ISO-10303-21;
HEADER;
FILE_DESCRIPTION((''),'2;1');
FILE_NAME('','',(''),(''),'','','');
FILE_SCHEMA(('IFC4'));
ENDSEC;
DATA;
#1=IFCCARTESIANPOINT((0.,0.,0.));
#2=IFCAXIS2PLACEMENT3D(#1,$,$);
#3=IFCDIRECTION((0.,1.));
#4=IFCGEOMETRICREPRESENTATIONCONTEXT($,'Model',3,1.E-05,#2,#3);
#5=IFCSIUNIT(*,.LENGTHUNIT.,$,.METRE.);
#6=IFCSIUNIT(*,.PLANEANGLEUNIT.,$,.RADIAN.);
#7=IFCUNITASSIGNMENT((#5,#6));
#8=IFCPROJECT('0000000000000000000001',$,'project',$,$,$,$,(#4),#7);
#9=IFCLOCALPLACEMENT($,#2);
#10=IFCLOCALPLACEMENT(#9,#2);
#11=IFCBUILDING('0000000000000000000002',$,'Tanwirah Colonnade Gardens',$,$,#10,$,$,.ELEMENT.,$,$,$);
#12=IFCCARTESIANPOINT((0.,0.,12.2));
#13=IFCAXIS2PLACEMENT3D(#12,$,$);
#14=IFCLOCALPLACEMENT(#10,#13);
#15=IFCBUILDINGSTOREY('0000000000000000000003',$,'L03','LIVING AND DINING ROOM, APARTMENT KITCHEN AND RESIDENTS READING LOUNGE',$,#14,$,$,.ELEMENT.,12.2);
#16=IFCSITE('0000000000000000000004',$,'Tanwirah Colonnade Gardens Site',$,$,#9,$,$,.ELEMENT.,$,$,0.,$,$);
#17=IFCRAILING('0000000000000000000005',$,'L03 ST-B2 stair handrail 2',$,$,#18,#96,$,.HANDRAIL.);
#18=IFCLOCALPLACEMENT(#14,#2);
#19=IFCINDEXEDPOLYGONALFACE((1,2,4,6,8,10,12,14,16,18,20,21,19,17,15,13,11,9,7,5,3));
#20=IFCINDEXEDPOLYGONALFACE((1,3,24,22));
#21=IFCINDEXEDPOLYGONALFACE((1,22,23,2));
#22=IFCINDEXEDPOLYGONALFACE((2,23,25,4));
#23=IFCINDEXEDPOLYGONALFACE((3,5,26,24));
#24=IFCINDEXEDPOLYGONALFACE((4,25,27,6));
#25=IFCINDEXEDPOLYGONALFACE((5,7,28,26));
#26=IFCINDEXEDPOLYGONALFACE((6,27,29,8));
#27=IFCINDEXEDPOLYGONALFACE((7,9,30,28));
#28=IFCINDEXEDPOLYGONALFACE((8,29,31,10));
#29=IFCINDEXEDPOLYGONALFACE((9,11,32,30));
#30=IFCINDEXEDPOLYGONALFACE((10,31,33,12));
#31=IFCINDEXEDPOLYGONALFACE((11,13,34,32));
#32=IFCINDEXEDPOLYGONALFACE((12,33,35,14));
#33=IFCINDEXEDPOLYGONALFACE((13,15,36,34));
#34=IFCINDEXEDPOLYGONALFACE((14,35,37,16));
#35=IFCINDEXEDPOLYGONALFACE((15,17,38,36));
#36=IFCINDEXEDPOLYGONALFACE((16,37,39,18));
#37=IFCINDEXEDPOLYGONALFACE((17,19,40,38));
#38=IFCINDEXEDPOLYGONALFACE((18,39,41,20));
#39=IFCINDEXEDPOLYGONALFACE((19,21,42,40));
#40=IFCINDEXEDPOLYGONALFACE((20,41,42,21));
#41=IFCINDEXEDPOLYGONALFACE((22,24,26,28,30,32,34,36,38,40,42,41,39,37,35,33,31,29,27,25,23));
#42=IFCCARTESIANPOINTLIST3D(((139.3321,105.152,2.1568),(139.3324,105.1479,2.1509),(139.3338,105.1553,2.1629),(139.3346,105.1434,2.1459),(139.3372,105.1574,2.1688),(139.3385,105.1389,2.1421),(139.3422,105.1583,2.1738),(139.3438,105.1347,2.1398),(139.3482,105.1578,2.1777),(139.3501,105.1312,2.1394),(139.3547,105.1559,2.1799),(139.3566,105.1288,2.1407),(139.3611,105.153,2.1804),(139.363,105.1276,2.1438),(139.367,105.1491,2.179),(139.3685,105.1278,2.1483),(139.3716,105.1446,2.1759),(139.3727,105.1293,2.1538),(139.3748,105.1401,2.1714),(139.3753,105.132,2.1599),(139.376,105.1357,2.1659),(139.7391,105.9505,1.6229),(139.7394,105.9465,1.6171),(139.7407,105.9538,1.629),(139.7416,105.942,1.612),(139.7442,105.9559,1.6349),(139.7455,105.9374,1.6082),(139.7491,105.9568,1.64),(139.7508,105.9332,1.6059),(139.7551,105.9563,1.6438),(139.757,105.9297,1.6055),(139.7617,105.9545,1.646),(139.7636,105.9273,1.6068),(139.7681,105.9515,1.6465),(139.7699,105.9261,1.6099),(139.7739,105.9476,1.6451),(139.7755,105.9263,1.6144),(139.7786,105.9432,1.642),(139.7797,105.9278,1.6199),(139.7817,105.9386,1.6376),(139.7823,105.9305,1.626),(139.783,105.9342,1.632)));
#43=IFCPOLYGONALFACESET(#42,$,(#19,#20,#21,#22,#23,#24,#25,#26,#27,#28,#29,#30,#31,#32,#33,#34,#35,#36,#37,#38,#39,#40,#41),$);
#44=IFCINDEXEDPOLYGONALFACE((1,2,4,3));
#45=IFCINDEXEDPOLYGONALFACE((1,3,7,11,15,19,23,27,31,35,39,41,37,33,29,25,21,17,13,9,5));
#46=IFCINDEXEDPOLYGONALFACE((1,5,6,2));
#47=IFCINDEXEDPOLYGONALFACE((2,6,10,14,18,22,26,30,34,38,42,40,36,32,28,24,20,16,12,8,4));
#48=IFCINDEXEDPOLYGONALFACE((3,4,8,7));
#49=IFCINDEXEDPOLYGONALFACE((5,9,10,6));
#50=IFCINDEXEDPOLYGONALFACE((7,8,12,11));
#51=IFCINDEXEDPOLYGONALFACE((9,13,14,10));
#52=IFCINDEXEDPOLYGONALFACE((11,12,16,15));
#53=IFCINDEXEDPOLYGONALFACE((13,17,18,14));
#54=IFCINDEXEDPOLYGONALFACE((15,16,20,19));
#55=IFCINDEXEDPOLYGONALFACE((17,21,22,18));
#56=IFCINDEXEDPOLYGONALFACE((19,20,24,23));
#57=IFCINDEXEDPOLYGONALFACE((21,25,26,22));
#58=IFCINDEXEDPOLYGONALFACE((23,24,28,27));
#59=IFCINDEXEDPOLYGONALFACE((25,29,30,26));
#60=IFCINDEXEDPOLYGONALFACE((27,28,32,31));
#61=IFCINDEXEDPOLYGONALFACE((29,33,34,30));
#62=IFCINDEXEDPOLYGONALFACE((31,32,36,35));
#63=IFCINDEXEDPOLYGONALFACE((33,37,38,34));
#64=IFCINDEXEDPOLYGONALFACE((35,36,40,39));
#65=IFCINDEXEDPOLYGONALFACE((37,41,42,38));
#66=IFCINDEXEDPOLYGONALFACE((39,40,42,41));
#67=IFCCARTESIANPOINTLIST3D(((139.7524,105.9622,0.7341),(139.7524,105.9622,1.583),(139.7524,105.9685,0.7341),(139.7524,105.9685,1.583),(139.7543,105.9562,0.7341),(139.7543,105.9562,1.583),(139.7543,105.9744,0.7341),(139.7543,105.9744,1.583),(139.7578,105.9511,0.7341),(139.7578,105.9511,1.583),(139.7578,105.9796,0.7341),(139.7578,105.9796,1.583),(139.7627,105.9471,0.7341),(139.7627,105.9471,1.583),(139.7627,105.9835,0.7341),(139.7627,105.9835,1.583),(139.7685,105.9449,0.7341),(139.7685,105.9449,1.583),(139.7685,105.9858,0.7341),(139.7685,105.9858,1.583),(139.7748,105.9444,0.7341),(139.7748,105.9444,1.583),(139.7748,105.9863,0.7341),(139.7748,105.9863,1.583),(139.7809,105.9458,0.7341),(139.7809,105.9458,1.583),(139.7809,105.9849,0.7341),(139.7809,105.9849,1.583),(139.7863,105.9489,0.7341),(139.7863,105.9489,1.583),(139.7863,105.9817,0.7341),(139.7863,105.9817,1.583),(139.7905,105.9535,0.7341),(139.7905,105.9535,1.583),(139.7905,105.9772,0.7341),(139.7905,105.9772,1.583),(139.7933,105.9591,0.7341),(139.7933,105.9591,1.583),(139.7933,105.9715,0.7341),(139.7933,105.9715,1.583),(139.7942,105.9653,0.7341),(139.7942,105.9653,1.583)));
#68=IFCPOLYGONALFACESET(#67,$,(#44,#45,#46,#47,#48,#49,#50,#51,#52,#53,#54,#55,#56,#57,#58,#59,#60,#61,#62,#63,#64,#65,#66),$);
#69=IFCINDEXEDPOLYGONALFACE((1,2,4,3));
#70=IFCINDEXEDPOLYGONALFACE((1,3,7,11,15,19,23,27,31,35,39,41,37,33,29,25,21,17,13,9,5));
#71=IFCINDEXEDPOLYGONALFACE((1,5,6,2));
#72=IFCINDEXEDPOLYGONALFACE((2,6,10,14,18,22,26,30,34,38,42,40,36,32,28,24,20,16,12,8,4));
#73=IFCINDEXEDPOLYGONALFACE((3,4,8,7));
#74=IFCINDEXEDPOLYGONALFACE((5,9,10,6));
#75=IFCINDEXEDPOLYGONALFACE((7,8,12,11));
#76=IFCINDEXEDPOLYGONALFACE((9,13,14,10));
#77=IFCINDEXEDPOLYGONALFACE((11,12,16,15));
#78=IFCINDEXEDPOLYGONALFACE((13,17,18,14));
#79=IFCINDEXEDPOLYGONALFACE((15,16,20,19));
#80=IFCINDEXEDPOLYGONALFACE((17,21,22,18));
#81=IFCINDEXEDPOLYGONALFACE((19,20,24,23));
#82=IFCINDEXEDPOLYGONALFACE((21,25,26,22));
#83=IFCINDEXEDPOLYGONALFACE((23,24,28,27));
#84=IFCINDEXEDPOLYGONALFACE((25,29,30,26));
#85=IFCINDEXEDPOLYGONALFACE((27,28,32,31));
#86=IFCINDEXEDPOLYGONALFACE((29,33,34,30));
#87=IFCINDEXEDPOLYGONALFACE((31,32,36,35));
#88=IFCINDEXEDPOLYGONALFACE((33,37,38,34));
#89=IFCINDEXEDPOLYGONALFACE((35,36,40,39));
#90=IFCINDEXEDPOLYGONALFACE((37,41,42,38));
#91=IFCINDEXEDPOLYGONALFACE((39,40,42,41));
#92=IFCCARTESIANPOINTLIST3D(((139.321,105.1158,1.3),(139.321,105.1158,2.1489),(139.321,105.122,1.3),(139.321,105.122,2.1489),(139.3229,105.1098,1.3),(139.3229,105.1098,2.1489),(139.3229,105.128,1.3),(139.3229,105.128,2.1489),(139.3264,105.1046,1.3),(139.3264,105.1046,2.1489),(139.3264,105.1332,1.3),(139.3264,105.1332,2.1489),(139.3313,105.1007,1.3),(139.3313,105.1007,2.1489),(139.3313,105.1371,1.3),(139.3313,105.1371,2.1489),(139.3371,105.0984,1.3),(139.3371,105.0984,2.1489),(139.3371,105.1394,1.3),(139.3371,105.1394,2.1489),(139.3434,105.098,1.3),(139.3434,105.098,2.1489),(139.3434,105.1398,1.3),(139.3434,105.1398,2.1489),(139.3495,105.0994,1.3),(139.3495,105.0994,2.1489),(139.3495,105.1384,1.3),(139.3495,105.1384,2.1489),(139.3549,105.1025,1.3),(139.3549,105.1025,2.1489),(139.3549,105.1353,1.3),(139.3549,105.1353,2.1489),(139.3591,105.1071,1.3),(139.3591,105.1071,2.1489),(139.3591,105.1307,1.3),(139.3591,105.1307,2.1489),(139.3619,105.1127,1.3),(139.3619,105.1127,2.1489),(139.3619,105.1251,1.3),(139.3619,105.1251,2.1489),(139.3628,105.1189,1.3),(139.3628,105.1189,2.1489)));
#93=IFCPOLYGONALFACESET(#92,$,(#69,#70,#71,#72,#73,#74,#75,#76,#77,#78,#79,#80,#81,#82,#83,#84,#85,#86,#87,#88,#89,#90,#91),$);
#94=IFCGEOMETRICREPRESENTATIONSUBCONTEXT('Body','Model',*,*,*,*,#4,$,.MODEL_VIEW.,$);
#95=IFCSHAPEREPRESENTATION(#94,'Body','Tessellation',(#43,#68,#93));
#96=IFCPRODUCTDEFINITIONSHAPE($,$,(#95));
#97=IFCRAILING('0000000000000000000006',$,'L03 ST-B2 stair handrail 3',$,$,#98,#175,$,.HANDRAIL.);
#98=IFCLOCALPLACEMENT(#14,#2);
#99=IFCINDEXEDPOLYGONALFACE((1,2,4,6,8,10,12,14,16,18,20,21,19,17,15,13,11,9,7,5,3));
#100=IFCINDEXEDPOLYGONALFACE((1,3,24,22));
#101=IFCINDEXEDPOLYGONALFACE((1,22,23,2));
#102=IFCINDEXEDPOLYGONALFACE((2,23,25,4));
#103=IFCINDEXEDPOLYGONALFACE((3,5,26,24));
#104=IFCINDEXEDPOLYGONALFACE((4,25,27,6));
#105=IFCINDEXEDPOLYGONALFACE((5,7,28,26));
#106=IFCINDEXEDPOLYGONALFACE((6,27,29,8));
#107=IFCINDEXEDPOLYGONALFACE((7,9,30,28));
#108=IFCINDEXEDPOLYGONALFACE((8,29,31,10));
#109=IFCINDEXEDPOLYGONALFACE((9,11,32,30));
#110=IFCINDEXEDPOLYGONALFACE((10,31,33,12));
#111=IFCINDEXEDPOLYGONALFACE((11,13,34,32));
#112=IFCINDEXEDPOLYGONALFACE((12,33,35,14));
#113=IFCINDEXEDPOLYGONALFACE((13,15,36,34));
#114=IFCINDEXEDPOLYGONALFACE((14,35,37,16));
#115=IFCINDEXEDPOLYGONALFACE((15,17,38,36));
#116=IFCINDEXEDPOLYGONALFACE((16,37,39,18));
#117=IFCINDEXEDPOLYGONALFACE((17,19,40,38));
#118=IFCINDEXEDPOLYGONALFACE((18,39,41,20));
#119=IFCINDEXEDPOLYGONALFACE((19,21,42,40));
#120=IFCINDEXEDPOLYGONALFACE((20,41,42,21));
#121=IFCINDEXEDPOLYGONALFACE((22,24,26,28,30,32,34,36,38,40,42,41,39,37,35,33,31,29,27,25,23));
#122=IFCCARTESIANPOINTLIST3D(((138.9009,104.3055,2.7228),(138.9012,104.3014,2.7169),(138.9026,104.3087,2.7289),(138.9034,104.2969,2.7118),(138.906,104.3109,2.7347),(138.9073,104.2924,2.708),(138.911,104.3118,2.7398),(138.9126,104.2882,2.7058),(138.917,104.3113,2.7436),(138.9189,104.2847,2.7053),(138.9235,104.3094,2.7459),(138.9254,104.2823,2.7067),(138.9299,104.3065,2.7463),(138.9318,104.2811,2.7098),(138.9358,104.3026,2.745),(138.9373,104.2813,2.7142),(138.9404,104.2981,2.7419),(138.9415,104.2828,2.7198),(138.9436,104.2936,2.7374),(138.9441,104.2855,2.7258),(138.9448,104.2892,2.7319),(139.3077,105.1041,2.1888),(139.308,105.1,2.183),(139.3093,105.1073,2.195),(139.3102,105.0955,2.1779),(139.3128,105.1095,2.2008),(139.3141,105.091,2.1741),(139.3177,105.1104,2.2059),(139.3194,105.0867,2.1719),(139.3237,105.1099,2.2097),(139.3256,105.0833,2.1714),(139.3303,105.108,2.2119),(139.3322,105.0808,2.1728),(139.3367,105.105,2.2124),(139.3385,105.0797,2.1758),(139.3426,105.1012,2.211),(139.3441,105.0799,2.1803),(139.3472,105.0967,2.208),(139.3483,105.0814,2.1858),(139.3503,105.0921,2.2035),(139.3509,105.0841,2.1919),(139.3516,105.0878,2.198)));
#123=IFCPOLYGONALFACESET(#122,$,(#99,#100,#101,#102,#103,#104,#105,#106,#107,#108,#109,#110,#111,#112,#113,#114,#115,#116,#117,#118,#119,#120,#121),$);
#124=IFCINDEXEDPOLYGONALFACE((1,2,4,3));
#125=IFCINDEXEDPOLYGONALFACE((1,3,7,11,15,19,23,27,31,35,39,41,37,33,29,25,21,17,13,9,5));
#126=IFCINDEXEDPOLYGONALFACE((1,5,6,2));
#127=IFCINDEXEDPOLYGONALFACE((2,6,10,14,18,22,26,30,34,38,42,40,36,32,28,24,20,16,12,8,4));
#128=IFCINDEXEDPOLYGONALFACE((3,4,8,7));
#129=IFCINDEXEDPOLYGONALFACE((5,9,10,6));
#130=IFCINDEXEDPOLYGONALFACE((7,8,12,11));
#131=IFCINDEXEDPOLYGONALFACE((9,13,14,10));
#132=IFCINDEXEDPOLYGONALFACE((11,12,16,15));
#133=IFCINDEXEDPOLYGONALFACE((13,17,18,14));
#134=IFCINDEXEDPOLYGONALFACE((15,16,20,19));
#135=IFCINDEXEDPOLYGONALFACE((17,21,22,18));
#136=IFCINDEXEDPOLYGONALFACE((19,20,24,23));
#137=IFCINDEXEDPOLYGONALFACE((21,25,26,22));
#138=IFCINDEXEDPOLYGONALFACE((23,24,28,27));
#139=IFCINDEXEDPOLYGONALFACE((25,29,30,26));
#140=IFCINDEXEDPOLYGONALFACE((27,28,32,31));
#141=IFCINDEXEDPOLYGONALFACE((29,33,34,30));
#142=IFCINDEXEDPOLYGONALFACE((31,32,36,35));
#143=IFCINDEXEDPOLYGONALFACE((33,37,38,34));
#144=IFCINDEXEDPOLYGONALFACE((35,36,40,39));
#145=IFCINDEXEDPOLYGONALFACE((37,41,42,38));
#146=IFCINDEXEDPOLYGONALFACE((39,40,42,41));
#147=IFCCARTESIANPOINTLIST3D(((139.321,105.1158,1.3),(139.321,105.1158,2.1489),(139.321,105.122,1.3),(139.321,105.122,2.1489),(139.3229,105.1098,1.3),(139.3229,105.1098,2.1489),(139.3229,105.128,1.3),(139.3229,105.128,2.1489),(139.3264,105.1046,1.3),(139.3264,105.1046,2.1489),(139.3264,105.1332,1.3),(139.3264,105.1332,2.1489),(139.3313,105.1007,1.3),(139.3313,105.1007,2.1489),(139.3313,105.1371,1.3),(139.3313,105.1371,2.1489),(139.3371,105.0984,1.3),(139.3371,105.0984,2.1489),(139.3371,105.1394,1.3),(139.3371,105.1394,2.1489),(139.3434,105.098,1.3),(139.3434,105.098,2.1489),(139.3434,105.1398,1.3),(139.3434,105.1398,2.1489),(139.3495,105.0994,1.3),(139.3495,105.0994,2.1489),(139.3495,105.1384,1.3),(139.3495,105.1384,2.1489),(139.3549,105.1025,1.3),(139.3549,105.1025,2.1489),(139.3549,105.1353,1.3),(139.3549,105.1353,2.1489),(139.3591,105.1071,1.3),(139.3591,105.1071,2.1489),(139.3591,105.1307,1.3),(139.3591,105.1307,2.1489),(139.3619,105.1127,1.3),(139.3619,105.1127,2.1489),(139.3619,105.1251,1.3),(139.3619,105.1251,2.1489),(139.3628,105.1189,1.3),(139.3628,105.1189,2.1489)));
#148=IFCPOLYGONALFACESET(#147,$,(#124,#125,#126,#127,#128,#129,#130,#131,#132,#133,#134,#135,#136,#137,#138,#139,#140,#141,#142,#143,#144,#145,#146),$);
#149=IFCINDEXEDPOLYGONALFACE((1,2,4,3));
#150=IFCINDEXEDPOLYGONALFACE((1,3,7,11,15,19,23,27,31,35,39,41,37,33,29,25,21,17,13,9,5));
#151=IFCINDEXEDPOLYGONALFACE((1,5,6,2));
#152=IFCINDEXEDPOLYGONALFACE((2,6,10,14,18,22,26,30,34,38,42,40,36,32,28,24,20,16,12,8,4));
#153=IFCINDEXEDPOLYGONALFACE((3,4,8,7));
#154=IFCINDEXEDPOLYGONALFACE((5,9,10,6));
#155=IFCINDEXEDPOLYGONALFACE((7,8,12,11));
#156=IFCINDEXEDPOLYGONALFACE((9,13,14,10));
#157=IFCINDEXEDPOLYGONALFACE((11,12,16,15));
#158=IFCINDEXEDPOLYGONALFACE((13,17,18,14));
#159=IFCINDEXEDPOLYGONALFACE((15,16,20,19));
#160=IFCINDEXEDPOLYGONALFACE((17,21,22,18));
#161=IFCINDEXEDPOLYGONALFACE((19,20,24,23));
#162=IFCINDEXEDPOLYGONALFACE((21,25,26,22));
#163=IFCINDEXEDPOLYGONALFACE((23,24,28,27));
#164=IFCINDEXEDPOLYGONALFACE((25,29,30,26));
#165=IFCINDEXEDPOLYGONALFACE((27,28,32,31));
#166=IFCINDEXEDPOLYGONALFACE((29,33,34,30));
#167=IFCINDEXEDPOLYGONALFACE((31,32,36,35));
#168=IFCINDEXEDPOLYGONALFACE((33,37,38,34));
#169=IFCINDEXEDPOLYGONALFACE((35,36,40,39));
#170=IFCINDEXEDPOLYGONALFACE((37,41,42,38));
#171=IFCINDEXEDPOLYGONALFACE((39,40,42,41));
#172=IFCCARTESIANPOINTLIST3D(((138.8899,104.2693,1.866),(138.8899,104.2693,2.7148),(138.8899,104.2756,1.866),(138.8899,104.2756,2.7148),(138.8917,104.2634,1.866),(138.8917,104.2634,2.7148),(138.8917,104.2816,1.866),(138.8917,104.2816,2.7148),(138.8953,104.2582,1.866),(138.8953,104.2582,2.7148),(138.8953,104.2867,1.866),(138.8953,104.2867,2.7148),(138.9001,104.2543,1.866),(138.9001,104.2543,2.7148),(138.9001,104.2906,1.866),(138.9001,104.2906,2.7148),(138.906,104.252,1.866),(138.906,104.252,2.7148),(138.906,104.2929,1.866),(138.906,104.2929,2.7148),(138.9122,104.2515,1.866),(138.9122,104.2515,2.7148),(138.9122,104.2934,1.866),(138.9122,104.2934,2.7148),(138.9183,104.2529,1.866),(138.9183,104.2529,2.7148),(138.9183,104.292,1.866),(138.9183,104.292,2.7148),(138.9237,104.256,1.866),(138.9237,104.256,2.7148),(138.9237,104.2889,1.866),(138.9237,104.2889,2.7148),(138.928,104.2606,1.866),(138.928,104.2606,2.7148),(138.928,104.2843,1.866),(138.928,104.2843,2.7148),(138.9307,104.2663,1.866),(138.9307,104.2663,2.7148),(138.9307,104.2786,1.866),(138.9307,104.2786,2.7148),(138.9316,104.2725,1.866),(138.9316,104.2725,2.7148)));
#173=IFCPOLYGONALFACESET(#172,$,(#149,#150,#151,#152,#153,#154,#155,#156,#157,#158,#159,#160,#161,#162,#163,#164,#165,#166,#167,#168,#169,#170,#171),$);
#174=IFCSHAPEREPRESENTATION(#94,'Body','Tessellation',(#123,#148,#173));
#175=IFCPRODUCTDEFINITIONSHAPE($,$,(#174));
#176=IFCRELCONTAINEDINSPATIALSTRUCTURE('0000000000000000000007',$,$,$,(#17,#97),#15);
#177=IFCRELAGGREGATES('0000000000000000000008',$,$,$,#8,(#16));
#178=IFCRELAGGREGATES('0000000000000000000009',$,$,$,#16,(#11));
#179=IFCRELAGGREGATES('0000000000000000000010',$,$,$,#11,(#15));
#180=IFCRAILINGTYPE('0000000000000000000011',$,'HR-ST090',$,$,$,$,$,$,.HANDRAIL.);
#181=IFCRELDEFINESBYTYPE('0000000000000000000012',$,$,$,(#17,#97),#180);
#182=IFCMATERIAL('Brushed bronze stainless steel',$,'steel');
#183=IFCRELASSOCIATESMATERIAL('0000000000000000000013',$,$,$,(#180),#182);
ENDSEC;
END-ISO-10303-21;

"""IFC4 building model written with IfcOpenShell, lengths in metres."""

from ifc_helpers import new_model, si_unit, direction, frame, origin, origin_2d, place, context, subcontext, project, spatial, circle, extrude, material, type_object, element, save


model = new_model("IFC4")

# Units and contexts
model_context = context("Model", 3, precision=1e-05, world=origin(), true_north=direction((0.0, 1.0)))
body_context = subcontext(model_context, "Body", "Model", "MODEL_VIEW")
ifc_project = project(units=[si_unit("LENGTHUNIT", "METRE"), si_unit("PLANEANGLEUNIT", "RADIAN")], contexts=[model_context])

# Site, building, storey
site_placement = place(None, origin())
site = spatial("IfcSite", under=ifc_project, at=site_placement, Name="Tanwirah Colonnade Gardens Site", CompositionType="ELEMENT", RefElevation=0.0)
building_placement = place(site_placement, origin())
building = spatial("IfcBuilding", under=site, at=building_placement, Name="Tanwirah Colonnade Gardens", CompositionType="ELEMENT")
storey_placement = place(building_placement, frame((0.0, 0.0, 12.2)))
storey = spatial("IfcBuildingStorey", under=building, at=storey_placement, Name="L03", Description="LIVING AND DINING ROOM, APARTMENT KITCHEN AND RESIDENTS READING LOUNGE", CompositionType="ELEMENT", Elevation=12.2)

# Railings
ifc_material_1 = material(Name="Brushed bronze stainless steel", Category="steel")
railing_type_1 = type_object("IfcRailingType", Name="HR-ST090", PredefinedType="HANDRAIL", material=ifc_material_1)
railing_1_placement = place(storey_placement, frame((139.7732, 105.9653, 0.7341)))
element("IfcRailing", 1, at=railing_1_placement, inside=storey, type_object=railing_type_1, Name="L03 ST-B2 stair handrail 2", PredefinedType="HANDRAIL", context=body_context, shape_type="SweptSolid", body=[
    extrude(circle(Radius=0.0239, at=origin_2d()), frame((-0.0122, -0.0239, 0.8918), z_axis=(-0.390118, -0.765443, 0.511767), x_axis=(0.890957, -0.454087, 0.0)), (0.0, 0.0, 1.0), 1.0432),
    extrude(circle(Radius=0.021, at=origin_2d()), origin(), (0.0, 0.0, 1.0), 0.8489),
    extrude(circle(Radius=0.021, at=origin_2d()), frame((-0.4314, -0.8464, 0.5659)), (0.0, 0.0, 1.0), 0.8489),
])
railing_2_placement = place(storey_placement, frame((139.3418, 105.1189, 1.3)))
element("IfcRailing", 2, at=railing_2_placement, inside=storey, type_object=railing_type_1, Name="L03 ST-B2 stair handrail 3", PredefinedType="HANDRAIL", context=body_context, shape_type="SweptSolid", body=[
    extrude(circle(Radius=0.0239, at=origin_2d()), frame((-0.0122, -0.0239, 0.8918), z_axis=(-0.38993, -0.765509, 0.511811), x_axis=(0.891061, -0.453883, 0.0)), (0.0, 0.0, 1.0), 1.0432),
    extrude(circle(Radius=0.021, at=origin_2d()), origin(), (0.0, 0.0, 1.0), 0.8489),
    extrude(circle(Radius=0.021, at=origin_2d()), frame((-0.4312, -0.8464, 0.5659)), (0.0, 0.0, 1.0), 0.8489),
])

save(model, "model.ifc")
